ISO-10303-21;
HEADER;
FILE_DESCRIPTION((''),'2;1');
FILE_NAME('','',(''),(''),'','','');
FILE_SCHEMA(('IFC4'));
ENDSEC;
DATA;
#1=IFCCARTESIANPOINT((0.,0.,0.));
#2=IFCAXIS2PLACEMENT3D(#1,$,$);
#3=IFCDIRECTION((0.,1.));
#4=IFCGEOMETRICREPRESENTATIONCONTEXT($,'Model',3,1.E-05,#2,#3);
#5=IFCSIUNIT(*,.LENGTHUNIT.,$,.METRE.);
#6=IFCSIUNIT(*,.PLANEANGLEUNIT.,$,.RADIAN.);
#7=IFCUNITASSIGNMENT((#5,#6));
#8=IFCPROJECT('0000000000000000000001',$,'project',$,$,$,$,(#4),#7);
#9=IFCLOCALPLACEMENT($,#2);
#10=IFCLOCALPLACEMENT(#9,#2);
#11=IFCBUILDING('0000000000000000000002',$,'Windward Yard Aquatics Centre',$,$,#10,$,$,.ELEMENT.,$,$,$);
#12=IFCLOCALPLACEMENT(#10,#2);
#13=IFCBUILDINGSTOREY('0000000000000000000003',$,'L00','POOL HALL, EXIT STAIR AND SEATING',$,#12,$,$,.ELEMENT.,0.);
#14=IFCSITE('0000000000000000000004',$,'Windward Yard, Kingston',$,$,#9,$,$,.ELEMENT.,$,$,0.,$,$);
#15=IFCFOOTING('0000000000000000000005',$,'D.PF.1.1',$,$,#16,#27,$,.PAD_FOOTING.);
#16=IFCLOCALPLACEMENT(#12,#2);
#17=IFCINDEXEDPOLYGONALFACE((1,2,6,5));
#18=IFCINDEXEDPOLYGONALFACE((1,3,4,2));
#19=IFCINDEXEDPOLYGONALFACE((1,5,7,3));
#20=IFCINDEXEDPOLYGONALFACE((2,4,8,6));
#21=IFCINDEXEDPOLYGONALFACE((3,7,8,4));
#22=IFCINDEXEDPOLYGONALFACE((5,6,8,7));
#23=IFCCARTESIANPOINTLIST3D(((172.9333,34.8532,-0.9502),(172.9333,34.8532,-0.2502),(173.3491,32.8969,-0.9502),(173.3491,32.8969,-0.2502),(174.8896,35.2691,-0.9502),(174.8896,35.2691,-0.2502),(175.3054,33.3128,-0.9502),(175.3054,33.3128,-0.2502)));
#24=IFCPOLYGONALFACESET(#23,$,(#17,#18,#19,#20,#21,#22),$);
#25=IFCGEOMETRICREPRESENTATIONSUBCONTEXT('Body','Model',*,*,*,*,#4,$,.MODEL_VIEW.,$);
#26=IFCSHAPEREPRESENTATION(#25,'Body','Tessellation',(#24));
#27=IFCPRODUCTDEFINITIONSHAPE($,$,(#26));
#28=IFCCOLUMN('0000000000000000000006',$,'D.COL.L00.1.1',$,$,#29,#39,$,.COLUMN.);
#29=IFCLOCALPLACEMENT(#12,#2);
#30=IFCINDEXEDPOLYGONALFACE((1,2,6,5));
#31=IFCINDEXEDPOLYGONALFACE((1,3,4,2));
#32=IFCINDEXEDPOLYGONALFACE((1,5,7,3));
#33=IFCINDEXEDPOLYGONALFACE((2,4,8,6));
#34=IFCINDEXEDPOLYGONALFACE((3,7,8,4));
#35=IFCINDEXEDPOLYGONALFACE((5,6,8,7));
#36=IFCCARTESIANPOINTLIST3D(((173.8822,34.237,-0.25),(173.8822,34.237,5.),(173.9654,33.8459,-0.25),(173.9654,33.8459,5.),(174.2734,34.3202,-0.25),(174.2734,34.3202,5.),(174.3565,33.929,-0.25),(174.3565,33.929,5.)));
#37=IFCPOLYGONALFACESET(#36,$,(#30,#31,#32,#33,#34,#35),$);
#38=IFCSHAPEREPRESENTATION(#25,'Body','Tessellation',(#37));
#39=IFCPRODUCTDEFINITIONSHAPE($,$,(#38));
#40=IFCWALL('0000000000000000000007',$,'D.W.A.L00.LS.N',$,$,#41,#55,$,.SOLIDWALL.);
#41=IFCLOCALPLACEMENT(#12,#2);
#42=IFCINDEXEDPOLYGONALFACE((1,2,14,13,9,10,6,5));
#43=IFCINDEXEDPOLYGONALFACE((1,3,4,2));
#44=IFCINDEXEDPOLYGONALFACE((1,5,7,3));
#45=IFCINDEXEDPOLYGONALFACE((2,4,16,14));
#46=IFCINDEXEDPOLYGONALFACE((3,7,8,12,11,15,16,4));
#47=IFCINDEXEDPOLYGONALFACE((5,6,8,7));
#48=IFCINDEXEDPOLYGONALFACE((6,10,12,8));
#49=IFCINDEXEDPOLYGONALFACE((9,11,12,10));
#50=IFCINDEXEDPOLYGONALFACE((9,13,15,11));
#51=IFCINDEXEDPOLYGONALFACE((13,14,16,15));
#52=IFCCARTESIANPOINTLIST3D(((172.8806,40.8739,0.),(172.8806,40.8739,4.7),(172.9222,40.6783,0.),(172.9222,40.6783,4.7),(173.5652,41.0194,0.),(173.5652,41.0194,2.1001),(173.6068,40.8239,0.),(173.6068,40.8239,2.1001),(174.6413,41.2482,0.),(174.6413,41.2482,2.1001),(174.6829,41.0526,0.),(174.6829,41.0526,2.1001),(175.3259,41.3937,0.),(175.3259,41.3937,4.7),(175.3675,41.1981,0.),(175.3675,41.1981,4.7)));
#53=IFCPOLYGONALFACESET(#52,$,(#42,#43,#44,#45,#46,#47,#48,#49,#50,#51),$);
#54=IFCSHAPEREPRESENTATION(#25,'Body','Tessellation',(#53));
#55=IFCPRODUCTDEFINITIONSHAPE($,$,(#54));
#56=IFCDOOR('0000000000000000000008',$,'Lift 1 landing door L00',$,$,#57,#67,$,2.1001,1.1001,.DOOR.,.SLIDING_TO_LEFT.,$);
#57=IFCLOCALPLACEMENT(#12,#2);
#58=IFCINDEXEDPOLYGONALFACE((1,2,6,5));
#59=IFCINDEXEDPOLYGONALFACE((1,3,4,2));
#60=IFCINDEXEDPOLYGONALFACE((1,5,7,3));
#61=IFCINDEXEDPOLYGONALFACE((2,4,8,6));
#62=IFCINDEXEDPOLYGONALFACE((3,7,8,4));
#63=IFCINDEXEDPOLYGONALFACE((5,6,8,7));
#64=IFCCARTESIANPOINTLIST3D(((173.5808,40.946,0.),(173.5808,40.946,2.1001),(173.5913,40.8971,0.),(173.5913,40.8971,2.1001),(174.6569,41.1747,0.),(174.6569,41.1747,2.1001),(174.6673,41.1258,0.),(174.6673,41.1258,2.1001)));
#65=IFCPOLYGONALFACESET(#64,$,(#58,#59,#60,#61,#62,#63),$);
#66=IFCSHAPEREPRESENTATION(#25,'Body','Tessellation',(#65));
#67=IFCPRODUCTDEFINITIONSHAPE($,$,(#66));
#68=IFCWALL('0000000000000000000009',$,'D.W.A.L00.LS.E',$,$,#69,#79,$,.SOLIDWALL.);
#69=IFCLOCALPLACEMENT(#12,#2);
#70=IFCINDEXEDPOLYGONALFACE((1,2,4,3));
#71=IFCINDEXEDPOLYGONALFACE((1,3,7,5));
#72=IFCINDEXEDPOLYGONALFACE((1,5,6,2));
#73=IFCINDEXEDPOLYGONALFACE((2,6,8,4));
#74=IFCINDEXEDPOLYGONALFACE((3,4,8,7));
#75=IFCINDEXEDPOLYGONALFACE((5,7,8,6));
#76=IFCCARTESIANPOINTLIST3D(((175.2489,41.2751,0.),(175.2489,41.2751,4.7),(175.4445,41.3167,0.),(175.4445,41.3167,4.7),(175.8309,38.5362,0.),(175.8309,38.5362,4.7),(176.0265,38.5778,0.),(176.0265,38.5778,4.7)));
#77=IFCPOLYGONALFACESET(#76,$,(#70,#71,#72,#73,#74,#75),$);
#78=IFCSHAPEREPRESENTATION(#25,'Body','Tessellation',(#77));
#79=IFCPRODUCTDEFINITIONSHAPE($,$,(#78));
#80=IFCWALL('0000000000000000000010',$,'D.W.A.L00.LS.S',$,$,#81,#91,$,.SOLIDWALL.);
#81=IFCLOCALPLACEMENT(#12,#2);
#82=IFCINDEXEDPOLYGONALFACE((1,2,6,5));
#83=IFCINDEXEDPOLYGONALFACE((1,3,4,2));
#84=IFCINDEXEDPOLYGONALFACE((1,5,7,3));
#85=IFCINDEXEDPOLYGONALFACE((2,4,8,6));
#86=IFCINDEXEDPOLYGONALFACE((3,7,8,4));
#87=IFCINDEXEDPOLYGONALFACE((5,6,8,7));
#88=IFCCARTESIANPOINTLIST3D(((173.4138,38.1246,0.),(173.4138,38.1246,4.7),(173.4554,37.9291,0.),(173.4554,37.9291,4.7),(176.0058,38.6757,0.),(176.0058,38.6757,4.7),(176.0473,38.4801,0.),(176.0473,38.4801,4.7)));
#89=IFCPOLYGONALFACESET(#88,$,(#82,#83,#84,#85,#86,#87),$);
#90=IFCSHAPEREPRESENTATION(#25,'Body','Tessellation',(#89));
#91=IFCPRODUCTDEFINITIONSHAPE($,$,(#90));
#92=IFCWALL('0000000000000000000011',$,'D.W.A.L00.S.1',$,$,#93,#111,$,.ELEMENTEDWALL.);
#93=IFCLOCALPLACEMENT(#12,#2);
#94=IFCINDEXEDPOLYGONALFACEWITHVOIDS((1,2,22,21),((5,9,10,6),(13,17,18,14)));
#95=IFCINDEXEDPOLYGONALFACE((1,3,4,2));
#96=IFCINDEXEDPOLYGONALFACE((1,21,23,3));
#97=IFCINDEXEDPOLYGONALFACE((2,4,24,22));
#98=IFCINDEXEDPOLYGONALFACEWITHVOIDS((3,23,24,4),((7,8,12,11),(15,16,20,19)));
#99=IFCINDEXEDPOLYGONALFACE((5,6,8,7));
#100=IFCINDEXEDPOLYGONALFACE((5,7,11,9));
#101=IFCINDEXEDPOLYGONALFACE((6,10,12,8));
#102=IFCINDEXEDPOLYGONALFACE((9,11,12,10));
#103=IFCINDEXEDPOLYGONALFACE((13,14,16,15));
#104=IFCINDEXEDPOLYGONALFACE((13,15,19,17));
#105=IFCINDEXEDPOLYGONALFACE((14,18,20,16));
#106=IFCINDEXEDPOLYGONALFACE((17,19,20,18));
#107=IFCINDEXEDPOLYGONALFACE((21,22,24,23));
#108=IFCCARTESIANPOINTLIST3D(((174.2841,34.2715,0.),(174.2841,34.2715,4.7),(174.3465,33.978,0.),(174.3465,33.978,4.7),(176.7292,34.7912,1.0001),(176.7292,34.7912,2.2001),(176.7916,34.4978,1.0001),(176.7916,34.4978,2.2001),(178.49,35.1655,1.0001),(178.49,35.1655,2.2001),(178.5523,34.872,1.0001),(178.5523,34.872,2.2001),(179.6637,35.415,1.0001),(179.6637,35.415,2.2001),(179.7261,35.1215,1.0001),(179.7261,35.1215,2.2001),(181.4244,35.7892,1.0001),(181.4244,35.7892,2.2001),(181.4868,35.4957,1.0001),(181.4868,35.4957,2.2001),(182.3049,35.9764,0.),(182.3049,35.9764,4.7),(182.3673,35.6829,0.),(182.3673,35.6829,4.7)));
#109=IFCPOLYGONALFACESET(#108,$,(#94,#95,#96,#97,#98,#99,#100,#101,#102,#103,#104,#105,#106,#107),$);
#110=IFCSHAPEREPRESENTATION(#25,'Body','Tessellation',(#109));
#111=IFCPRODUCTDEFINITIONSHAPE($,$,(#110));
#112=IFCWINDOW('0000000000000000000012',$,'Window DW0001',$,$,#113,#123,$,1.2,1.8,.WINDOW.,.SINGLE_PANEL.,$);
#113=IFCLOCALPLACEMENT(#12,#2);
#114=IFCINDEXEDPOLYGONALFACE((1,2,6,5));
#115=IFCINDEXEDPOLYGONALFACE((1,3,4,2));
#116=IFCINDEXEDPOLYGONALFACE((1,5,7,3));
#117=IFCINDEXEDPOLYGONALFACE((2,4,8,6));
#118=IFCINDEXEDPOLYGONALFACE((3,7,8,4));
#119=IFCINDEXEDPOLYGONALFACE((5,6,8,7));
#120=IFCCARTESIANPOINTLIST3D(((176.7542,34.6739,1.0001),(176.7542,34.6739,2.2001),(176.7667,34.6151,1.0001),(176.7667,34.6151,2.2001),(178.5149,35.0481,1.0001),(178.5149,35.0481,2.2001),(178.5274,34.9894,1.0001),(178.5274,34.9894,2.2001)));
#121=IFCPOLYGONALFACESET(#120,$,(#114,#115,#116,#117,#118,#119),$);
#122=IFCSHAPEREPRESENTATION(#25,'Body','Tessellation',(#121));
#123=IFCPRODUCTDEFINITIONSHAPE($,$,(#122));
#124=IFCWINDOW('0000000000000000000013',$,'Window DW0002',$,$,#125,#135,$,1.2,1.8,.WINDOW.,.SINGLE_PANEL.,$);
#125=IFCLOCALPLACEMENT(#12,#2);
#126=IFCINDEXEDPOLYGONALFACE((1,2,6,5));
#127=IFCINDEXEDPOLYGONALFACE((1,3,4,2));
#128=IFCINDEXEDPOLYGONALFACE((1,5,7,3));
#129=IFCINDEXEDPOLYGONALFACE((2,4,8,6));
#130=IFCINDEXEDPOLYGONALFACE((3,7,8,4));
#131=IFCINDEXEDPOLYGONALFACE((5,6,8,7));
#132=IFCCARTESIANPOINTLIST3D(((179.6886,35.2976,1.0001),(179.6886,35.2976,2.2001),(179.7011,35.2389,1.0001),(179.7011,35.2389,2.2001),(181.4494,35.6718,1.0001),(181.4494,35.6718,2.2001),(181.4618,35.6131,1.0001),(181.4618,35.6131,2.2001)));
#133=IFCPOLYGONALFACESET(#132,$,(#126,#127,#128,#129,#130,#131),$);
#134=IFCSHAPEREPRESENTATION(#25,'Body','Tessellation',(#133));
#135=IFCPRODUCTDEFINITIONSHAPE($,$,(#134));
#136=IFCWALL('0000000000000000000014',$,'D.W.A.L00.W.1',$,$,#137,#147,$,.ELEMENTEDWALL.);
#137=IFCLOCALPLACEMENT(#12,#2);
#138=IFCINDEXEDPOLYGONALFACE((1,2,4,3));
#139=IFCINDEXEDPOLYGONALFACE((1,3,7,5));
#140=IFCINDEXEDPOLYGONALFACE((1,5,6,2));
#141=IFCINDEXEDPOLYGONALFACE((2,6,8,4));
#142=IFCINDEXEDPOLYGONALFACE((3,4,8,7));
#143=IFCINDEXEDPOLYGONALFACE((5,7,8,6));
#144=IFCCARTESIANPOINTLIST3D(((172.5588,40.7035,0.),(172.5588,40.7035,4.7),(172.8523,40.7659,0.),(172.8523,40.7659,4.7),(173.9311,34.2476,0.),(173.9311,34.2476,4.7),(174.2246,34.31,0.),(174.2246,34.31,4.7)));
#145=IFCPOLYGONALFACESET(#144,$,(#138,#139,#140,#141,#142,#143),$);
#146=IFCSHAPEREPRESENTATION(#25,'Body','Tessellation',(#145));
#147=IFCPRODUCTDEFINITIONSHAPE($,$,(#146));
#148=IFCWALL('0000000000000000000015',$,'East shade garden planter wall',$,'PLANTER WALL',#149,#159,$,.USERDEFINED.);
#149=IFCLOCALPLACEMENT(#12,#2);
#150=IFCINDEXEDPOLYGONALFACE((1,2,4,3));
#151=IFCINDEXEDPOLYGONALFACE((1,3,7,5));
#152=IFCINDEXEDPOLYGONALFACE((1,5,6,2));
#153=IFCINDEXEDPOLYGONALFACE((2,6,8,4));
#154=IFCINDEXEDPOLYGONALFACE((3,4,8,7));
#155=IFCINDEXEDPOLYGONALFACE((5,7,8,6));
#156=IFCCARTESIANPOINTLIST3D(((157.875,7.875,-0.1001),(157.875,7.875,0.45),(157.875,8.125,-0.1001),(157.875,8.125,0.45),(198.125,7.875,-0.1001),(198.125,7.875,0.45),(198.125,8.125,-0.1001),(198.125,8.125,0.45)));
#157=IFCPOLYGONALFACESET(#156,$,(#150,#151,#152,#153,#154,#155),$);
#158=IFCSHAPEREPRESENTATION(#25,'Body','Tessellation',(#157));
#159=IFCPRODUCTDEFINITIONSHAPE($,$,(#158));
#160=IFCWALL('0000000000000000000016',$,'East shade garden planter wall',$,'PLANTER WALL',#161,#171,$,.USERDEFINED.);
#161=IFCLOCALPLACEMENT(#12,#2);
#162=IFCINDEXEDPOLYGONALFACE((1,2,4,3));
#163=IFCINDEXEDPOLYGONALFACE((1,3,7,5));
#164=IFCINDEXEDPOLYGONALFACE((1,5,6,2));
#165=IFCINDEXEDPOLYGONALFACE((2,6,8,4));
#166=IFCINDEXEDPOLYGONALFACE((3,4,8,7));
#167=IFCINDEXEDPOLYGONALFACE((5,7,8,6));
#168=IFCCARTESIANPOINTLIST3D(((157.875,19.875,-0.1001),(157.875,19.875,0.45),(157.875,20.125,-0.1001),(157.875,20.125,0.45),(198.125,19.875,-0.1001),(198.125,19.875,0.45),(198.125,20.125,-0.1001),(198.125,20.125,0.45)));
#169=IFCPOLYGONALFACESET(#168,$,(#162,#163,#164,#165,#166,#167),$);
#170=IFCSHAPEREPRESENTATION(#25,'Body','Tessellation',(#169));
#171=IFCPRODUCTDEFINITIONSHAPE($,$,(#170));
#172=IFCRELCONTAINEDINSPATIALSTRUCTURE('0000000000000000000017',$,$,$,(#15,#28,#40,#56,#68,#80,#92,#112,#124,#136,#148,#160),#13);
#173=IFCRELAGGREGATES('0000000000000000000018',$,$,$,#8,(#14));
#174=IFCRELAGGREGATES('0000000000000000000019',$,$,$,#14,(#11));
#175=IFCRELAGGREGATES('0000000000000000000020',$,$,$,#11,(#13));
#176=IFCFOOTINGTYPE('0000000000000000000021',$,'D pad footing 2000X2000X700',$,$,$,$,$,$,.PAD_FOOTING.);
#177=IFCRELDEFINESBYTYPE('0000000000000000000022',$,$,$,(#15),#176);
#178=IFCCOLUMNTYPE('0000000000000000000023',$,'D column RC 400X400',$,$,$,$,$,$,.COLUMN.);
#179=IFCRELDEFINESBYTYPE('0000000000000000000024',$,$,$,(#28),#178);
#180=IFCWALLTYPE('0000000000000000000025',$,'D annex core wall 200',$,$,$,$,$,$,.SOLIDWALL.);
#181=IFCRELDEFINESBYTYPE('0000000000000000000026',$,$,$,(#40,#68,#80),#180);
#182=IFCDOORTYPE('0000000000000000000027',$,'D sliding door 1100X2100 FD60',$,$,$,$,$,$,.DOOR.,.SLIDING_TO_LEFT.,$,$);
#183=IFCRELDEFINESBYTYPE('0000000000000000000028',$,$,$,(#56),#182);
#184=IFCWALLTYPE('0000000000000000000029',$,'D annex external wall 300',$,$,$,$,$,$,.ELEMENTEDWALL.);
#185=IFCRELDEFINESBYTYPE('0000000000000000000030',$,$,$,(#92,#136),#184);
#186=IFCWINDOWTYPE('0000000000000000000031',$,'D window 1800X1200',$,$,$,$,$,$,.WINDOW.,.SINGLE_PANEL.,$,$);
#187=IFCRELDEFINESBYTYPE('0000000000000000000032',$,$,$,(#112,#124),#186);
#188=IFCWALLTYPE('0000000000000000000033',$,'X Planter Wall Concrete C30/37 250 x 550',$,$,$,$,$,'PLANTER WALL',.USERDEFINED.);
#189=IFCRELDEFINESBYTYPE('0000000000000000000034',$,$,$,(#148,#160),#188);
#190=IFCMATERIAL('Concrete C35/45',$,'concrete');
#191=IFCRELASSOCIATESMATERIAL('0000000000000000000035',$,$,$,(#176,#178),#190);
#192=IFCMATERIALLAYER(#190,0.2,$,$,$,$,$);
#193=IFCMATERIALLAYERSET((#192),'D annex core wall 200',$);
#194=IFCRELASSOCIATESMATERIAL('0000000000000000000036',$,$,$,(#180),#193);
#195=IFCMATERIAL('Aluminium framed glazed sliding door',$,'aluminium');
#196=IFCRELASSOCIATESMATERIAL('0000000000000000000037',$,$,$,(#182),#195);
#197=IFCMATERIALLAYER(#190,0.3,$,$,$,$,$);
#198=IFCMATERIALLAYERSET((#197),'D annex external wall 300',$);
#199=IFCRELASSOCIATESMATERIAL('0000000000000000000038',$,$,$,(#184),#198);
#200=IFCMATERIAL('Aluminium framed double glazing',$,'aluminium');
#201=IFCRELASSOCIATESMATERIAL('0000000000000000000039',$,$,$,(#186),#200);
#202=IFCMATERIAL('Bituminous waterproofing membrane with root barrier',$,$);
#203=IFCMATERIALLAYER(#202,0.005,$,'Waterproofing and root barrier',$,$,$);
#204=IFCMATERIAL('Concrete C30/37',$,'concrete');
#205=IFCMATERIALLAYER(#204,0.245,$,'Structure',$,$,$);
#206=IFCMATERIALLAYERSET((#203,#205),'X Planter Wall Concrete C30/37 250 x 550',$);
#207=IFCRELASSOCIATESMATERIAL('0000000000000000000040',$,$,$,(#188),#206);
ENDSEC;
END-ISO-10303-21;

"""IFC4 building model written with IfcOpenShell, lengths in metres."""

from ifc_helpers import new_model, si_unit, direction, frame, frame_2d, origin, origin_2d, place, context, subcontext, project, spatial, rectangle, extrude, material, layer, layer_set, material_profile, profile_set, type_object, element, fill, save


model = new_model("IFC4")

# Units and contexts
model_context = context("Model", 3, precision=1e-05, world=origin(), true_north=direction((0.0, 1.0)))
body_context = subcontext(model_context, "Body", "Model", "MODEL_VIEW")
ifc_project = project(units=[si_unit("LENGTHUNIT", "METRE"), si_unit("PLANEANGLEUNIT", "RADIAN")], contexts=[model_context])

# Site, building, storey
site_placement = place(None, origin())
site = spatial("IfcSite", under=ifc_project, at=site_placement, Name="Windward Yard, Kingston", CompositionType="ELEMENT", RefElevation=0.0)
building_placement = place(site_placement, origin())
building = spatial("IfcBuilding", under=site, at=building_placement, Name="Windward Yard Aquatics Centre", CompositionType="ELEMENT")
storey_placement = place(building_placement, origin())
storey = spatial("IfcBuildingStorey", under=building, at=storey_placement, Name="L00", Description="POOL HALL, EXIT STAIR AND SEATING", CompositionType="ELEMENT", Elevation=0.0)

# Footing
ifc_material_1 = material(Name="Concrete C35/45", Category="concrete")
footing_type = type_object("IfcFootingType", Name="D pad footing 2000X2000X700", PredefinedType="PAD_FOOTING", material=ifc_material_1)
footing_placement = place(storey_placement, frame((174.1194, 34.083, -0.9502), z_axis=(0.0, 0.0, 1.0), x_axis=(0.978148, 0.207912, 0.0)))
element("IfcFooting", 1, at=footing_placement, inside=storey, type_object=footing_type, Name="D.PF.1.1", PredefinedType="PAD_FOOTING", context=body_context, shape_type="SweptSolid", body=[
    extrude(rectangle(XDim=2.0, YDim=2.0, at=origin_2d()), origin(), (0.0, 0.0, 1.0), 0.7),
])

# Column
ifc_material_profile = material_profile(ifc_material_1, rectangle(XDim=0.3999, YDim=0.3999, at=origin_2d()), Name="RC 400X400")
ifc_profile_set = profile_set([ifc_material_profile], Name="Concrete C35/45")
column_type = type_object("IfcColumnType", Name="D column RC 400X400", PredefinedType="COLUMN", material=ifc_profile_set)
column_placement = place(storey_placement, frame((174.1194, 34.083, -0.25), z_axis=(0.0, 0.0, 1.0), x_axis=(0.978148, 0.207912, 0.0)))
element("IfcColumn", 2, at=column_placement, inside=storey, type_object=column_type, Name="D.COL.L00.1.1", PredefinedType="COLUMN", context=body_context, shape_type="SweptSolid", body=[
    extrude(rectangle(XDim=0.3999, YDim=0.3999, at=origin_2d()), origin(), (0.0, 0.0, 1.0), 5.25),
])

# Wall, opening, door
ifc_layer_1 = layer(ifc_material_1, 0.2)
ifc_layer_set_1 = layer_set([ifc_layer_1], Name="D annex core wall 200")
wall_type_1 = type_object("IfcWallType", Name="D annex core wall 200", PredefinedType="SOLIDWALL", material=ifc_layer_set_1)
wall_1_placement = place(storey_placement, frame((172.9014, 40.7761, 0.0), z_axis=(0.0, 0.0, 1.0), x_axis=(0.978147, 0.207915, 0.0)))
wall_1 = element("IfcWall", 3, at=wall_1_placement, inside=storey, type_object=wall_type_1, Name="D.W.A.L00.LS.N", PredefinedType="SOLIDWALL", context=body_context, shape_type="SweptSolid", body=[
    extrude(rectangle(XDim=2.5, YDim=0.2, at=frame_2d((1.25, 0.0))), origin(), (0.0, 0.0, 1.0), 4.7),
])
opening_1_placement = place(wall_1_placement, frame((0.7, 0.0, 0.0)))
opening_1 = element("IfcOpeningElement", 4, at=opening_1_placement, cuts=wall_1, PredefinedType="OPENING", context=body_context, shape_type="SweptSolid", body=[
    extrude(rectangle(XDim=1.1001, YDim=2.1001, at=frame_2d((0.55, 1.05))), frame((0.0, 0.1099, 0.0), z_axis=(0.0, -1.0, 0.0), x_axis=(1.0, 0.0, 0.0)), (0.0, 0.0, 1.0), 0.22),
])
ifc_material_2 = material(Name="Aluminium framed glazed sliding door", Category="aluminium")
door_type = type_object("IfcDoorType", Name="D sliding door 1100X2100 FD60", OperationType="SLIDING_TO_LEFT", PredefinedType="DOOR", material=ifc_material_2)
door_placement = place(opening_1_placement, origin())
door = element("IfcDoor", 5, at=door_placement, inside=storey, type_object=door_type, Name="Lift 1 landing door L00", OperationType="SLIDING_TO_LEFT", OverallHeight=2.1001, OverallWidth=1.1001, PredefinedType="DOOR", context=body_context, shape_type="SweptSolid", body=[
    extrude(rectangle(XDim=1.1001, YDim=2.1001, at=frame_2d((0.55, 1.05))), frame((0.0, 0.0249, 0.0), z_axis=(0.0, -1.0, 0.0), x_axis=(1.0, 0.0, 0.0)), (0.0, 0.0, 1.0), 0.05),
])
fill(opening_1, door)

# Walls
wall_2_placement = place(storey_placement, frame((175.9287, 38.5571, 0.0), z_axis=(0.0, 0.0, 1.0), x_axis=(-0.207873, 0.978156, 0.0)))
element("IfcWall", 6, at=wall_2_placement, inside=storey, type_object=wall_type_1, Name="D.W.A.L00.LS.E", PredefinedType="SOLIDWALL", context=body_context, shape_type="SweptSolid", body=[
    extrude(rectangle(XDim=2.8, YDim=0.2, at=frame_2d((1.3999, 0.0))), origin(), (0.0, 0.0, 1.0), 4.7),
])
wall_3_placement = place(storey_placement, frame((173.4346, 38.0269, 0.0), z_axis=(0.0, 0.0, 1.0), x_axis=(0.978142, 0.207937, 0.0)))
element("IfcWall", 7, at=wall_3_placement, inside=storey, type_object=wall_type_1, Name="D.W.A.L00.LS.S", PredefinedType="SOLIDWALL", context=body_context, shape_type="SweptSolid", body=[
    extrude(rectangle(XDim=2.6499, YDim=0.2, at=frame_2d((1.325, 0.0))), origin(), (0.0, 0.0, 1.0), 4.7),
])

# Wall, openings, windows
ifc_layer_2 = layer(ifc_material_1, 0.3)
ifc_layer_set_2 = layer_set([ifc_layer_2], Name="D annex external wall 300")
wall_type_2 = type_object("IfcWallType", Name="D annex external wall 300", PredefinedType="ELEMENTEDWALL", material=ifc_layer_set_2)
wall_4_placement = place(storey_placement, frame((174.3152, 34.1248, 0.0), z_axis=(0.0, 0.0, 1.0), x_axis=(0.978148, 0.207908, 0.0)))
wall_4 = element("IfcWall", 8, at=wall_4_placement, inside=storey, type_object=wall_type_2, Name="D.W.A.L00.S.1", PredefinedType="ELEMENTEDWALL", context=body_context, shape_type="SweptSolid", body=[
    extrude(rectangle(XDim=8.2, YDim=0.3, at=frame_2d((4.1001, 0.0))), origin(), (0.0, 0.0, 1.0), 4.7),
])
opening_2_placement = place(wall_4_placement, frame((2.5, 0.0, 1.0)))
opening_2 = element("IfcOpeningElement", 9, at=opening_2_placement, cuts=wall_4, PredefinedType="OPENING", context=body_context, shape_type="SweptSolid", body=[
    extrude(rectangle(XDim=1.8, YDim=1.2, at=frame_2d((0.8999, 0.6001))), frame((0.0, 0.1602, 0.0), z_axis=(0.0, -1.0, 0.0), x_axis=(1.0, 0.0, 0.0)), (0.0, 0.0, 1.0), 0.3201),
])
opening_3_placement = place(wall_4_placement, frame((5.5, 0.0, 1.0)))
opening_3 = element("IfcOpeningElement", 10, at=opening_3_placement, cuts=wall_4, PredefinedType="OPENING", context=body_context, shape_type="SweptSolid", body=[
    extrude(rectangle(XDim=1.8, YDim=1.2, at=frame_2d((0.8999, 0.6001))), frame((0.0, 0.1602, 0.0), z_axis=(0.0, -1.0, 0.0), x_axis=(1.0, 0.0, 0.0)), (0.0, 0.0, 1.0), 0.3201),
])
ifc_material_3 = material(Name="Aluminium framed double glazing", Category="aluminium")
window_type = type_object("IfcWindowType", Name="D window 1800X1200", PartitioningType="SINGLE_PANEL", PredefinedType="WINDOW", material=ifc_material_3)
window_1_placement = place(opening_2_placement, origin())
window_1 = element("IfcWindow", 11, at=window_1_placement, inside=storey, type_object=window_type, Name="Window DW0001", OverallHeight=1.2, OverallWidth=1.8, PartitioningType="SINGLE_PANEL", PredefinedType="WINDOW", context=body_context, shape_type="SweptSolid", body=[
    extrude(rectangle(XDim=1.8, YDim=1.2, at=frame_2d((0.8999, 0.6001))), frame((0.0, 0.03, 0.0), z_axis=(0.0, -1.0, 0.0), x_axis=(1.0, 0.0, 0.0)), (0.0, 0.0, 1.0), 0.0601),
])
fill(opening_2, window_1)
window_2_placement = place(opening_3_placement, origin())
window_2 = element("IfcWindow", 12, at=window_2_placement, inside=storey, type_object=window_type, Name="Window DW0002", OverallHeight=1.2, OverallWidth=1.8, PartitioningType="SINGLE_PANEL", PredefinedType="WINDOW", context=body_context, shape_type="SweptSolid", body=[
    extrude(rectangle(XDim=1.8, YDim=1.2, at=frame_2d((0.8999, 0.6001))), frame((0.0, 0.03, 0.0), z_axis=(0.0, -1.0, 0.0), x_axis=(1.0, 0.0, 0.0)), (0.0, 0.0, 1.0), 0.0601),
])
fill(opening_3, window_2)

# Walls
wall_5_placement = place(storey_placement, frame((174.0779, 34.2788, 0.0), z_axis=(0.0, 0.0, 1.0), x_axis=(-0.207925, 0.978145, 0.0)))
element("IfcWall", 13, at=wall_5_placement, inside=storey, type_object=wall_type_2, Name="D.W.A.L00.W.1", PredefinedType="ELEMENTEDWALL", context=body_context, shape_type="SweptSolid", body=[
    extrude(rectangle(XDim=6.6001, YDim=0.3, at=frame_2d((3.3, 0.0))), origin(), (0.0, 0.0, 1.0), 4.7),
])
ifc_material_4 = material(Name="Bituminous waterproofing membrane with root barrier")
ifc_layer_3 = layer(ifc_material_4, 0.005, Name="Waterproofing and root barrier")
ifc_material_5 = material(Name="Concrete C30/37", Category="concrete")
ifc_layer_4 = layer(ifc_material_5, 0.245, Name="Structure")
ifc_layer_set_3 = layer_set([ifc_layer_3, ifc_layer_4], Name="X Planter Wall Concrete C30/37 250 x 550")
wall_type_3 = type_object("IfcWallType", Name="X Planter Wall Concrete C30/37 250 x 550", ElementType="PLANTER WALL", PredefinedType="USERDEFINED", material=ifc_layer_set_3)
for number, where, z_axis, x_axis, name in (
    (14, (157.875, 8.0, -0.1001), (0.0, 0.0, 1.0), (1.0, 0.0, 0.0), "East shade garden planter wall"),
    (15, (157.875, 20.0, -0.1001), (0.0, 0.0, 1.0), (1.0, 0.0, 0.0), "East shade garden planter wall"),
):
    element("IfcWall", number, at=place(storey_placement, frame(where, z_axis=z_axis, x_axis=x_axis)), inside=storey, type_object=wall_type_3, Name=name, ObjectType="PLANTER WALL", PredefinedType="USERDEFINED", context=body_context, shape_type="SweptSolid", body=[
        extrude(rectangle(XDim=40.25, YDim=0.25, at=frame_2d((20.125, 0.0))), origin(), (0.0, 0.0, 1.0), 0.55),
    ])

save(model, "model.ifc")
